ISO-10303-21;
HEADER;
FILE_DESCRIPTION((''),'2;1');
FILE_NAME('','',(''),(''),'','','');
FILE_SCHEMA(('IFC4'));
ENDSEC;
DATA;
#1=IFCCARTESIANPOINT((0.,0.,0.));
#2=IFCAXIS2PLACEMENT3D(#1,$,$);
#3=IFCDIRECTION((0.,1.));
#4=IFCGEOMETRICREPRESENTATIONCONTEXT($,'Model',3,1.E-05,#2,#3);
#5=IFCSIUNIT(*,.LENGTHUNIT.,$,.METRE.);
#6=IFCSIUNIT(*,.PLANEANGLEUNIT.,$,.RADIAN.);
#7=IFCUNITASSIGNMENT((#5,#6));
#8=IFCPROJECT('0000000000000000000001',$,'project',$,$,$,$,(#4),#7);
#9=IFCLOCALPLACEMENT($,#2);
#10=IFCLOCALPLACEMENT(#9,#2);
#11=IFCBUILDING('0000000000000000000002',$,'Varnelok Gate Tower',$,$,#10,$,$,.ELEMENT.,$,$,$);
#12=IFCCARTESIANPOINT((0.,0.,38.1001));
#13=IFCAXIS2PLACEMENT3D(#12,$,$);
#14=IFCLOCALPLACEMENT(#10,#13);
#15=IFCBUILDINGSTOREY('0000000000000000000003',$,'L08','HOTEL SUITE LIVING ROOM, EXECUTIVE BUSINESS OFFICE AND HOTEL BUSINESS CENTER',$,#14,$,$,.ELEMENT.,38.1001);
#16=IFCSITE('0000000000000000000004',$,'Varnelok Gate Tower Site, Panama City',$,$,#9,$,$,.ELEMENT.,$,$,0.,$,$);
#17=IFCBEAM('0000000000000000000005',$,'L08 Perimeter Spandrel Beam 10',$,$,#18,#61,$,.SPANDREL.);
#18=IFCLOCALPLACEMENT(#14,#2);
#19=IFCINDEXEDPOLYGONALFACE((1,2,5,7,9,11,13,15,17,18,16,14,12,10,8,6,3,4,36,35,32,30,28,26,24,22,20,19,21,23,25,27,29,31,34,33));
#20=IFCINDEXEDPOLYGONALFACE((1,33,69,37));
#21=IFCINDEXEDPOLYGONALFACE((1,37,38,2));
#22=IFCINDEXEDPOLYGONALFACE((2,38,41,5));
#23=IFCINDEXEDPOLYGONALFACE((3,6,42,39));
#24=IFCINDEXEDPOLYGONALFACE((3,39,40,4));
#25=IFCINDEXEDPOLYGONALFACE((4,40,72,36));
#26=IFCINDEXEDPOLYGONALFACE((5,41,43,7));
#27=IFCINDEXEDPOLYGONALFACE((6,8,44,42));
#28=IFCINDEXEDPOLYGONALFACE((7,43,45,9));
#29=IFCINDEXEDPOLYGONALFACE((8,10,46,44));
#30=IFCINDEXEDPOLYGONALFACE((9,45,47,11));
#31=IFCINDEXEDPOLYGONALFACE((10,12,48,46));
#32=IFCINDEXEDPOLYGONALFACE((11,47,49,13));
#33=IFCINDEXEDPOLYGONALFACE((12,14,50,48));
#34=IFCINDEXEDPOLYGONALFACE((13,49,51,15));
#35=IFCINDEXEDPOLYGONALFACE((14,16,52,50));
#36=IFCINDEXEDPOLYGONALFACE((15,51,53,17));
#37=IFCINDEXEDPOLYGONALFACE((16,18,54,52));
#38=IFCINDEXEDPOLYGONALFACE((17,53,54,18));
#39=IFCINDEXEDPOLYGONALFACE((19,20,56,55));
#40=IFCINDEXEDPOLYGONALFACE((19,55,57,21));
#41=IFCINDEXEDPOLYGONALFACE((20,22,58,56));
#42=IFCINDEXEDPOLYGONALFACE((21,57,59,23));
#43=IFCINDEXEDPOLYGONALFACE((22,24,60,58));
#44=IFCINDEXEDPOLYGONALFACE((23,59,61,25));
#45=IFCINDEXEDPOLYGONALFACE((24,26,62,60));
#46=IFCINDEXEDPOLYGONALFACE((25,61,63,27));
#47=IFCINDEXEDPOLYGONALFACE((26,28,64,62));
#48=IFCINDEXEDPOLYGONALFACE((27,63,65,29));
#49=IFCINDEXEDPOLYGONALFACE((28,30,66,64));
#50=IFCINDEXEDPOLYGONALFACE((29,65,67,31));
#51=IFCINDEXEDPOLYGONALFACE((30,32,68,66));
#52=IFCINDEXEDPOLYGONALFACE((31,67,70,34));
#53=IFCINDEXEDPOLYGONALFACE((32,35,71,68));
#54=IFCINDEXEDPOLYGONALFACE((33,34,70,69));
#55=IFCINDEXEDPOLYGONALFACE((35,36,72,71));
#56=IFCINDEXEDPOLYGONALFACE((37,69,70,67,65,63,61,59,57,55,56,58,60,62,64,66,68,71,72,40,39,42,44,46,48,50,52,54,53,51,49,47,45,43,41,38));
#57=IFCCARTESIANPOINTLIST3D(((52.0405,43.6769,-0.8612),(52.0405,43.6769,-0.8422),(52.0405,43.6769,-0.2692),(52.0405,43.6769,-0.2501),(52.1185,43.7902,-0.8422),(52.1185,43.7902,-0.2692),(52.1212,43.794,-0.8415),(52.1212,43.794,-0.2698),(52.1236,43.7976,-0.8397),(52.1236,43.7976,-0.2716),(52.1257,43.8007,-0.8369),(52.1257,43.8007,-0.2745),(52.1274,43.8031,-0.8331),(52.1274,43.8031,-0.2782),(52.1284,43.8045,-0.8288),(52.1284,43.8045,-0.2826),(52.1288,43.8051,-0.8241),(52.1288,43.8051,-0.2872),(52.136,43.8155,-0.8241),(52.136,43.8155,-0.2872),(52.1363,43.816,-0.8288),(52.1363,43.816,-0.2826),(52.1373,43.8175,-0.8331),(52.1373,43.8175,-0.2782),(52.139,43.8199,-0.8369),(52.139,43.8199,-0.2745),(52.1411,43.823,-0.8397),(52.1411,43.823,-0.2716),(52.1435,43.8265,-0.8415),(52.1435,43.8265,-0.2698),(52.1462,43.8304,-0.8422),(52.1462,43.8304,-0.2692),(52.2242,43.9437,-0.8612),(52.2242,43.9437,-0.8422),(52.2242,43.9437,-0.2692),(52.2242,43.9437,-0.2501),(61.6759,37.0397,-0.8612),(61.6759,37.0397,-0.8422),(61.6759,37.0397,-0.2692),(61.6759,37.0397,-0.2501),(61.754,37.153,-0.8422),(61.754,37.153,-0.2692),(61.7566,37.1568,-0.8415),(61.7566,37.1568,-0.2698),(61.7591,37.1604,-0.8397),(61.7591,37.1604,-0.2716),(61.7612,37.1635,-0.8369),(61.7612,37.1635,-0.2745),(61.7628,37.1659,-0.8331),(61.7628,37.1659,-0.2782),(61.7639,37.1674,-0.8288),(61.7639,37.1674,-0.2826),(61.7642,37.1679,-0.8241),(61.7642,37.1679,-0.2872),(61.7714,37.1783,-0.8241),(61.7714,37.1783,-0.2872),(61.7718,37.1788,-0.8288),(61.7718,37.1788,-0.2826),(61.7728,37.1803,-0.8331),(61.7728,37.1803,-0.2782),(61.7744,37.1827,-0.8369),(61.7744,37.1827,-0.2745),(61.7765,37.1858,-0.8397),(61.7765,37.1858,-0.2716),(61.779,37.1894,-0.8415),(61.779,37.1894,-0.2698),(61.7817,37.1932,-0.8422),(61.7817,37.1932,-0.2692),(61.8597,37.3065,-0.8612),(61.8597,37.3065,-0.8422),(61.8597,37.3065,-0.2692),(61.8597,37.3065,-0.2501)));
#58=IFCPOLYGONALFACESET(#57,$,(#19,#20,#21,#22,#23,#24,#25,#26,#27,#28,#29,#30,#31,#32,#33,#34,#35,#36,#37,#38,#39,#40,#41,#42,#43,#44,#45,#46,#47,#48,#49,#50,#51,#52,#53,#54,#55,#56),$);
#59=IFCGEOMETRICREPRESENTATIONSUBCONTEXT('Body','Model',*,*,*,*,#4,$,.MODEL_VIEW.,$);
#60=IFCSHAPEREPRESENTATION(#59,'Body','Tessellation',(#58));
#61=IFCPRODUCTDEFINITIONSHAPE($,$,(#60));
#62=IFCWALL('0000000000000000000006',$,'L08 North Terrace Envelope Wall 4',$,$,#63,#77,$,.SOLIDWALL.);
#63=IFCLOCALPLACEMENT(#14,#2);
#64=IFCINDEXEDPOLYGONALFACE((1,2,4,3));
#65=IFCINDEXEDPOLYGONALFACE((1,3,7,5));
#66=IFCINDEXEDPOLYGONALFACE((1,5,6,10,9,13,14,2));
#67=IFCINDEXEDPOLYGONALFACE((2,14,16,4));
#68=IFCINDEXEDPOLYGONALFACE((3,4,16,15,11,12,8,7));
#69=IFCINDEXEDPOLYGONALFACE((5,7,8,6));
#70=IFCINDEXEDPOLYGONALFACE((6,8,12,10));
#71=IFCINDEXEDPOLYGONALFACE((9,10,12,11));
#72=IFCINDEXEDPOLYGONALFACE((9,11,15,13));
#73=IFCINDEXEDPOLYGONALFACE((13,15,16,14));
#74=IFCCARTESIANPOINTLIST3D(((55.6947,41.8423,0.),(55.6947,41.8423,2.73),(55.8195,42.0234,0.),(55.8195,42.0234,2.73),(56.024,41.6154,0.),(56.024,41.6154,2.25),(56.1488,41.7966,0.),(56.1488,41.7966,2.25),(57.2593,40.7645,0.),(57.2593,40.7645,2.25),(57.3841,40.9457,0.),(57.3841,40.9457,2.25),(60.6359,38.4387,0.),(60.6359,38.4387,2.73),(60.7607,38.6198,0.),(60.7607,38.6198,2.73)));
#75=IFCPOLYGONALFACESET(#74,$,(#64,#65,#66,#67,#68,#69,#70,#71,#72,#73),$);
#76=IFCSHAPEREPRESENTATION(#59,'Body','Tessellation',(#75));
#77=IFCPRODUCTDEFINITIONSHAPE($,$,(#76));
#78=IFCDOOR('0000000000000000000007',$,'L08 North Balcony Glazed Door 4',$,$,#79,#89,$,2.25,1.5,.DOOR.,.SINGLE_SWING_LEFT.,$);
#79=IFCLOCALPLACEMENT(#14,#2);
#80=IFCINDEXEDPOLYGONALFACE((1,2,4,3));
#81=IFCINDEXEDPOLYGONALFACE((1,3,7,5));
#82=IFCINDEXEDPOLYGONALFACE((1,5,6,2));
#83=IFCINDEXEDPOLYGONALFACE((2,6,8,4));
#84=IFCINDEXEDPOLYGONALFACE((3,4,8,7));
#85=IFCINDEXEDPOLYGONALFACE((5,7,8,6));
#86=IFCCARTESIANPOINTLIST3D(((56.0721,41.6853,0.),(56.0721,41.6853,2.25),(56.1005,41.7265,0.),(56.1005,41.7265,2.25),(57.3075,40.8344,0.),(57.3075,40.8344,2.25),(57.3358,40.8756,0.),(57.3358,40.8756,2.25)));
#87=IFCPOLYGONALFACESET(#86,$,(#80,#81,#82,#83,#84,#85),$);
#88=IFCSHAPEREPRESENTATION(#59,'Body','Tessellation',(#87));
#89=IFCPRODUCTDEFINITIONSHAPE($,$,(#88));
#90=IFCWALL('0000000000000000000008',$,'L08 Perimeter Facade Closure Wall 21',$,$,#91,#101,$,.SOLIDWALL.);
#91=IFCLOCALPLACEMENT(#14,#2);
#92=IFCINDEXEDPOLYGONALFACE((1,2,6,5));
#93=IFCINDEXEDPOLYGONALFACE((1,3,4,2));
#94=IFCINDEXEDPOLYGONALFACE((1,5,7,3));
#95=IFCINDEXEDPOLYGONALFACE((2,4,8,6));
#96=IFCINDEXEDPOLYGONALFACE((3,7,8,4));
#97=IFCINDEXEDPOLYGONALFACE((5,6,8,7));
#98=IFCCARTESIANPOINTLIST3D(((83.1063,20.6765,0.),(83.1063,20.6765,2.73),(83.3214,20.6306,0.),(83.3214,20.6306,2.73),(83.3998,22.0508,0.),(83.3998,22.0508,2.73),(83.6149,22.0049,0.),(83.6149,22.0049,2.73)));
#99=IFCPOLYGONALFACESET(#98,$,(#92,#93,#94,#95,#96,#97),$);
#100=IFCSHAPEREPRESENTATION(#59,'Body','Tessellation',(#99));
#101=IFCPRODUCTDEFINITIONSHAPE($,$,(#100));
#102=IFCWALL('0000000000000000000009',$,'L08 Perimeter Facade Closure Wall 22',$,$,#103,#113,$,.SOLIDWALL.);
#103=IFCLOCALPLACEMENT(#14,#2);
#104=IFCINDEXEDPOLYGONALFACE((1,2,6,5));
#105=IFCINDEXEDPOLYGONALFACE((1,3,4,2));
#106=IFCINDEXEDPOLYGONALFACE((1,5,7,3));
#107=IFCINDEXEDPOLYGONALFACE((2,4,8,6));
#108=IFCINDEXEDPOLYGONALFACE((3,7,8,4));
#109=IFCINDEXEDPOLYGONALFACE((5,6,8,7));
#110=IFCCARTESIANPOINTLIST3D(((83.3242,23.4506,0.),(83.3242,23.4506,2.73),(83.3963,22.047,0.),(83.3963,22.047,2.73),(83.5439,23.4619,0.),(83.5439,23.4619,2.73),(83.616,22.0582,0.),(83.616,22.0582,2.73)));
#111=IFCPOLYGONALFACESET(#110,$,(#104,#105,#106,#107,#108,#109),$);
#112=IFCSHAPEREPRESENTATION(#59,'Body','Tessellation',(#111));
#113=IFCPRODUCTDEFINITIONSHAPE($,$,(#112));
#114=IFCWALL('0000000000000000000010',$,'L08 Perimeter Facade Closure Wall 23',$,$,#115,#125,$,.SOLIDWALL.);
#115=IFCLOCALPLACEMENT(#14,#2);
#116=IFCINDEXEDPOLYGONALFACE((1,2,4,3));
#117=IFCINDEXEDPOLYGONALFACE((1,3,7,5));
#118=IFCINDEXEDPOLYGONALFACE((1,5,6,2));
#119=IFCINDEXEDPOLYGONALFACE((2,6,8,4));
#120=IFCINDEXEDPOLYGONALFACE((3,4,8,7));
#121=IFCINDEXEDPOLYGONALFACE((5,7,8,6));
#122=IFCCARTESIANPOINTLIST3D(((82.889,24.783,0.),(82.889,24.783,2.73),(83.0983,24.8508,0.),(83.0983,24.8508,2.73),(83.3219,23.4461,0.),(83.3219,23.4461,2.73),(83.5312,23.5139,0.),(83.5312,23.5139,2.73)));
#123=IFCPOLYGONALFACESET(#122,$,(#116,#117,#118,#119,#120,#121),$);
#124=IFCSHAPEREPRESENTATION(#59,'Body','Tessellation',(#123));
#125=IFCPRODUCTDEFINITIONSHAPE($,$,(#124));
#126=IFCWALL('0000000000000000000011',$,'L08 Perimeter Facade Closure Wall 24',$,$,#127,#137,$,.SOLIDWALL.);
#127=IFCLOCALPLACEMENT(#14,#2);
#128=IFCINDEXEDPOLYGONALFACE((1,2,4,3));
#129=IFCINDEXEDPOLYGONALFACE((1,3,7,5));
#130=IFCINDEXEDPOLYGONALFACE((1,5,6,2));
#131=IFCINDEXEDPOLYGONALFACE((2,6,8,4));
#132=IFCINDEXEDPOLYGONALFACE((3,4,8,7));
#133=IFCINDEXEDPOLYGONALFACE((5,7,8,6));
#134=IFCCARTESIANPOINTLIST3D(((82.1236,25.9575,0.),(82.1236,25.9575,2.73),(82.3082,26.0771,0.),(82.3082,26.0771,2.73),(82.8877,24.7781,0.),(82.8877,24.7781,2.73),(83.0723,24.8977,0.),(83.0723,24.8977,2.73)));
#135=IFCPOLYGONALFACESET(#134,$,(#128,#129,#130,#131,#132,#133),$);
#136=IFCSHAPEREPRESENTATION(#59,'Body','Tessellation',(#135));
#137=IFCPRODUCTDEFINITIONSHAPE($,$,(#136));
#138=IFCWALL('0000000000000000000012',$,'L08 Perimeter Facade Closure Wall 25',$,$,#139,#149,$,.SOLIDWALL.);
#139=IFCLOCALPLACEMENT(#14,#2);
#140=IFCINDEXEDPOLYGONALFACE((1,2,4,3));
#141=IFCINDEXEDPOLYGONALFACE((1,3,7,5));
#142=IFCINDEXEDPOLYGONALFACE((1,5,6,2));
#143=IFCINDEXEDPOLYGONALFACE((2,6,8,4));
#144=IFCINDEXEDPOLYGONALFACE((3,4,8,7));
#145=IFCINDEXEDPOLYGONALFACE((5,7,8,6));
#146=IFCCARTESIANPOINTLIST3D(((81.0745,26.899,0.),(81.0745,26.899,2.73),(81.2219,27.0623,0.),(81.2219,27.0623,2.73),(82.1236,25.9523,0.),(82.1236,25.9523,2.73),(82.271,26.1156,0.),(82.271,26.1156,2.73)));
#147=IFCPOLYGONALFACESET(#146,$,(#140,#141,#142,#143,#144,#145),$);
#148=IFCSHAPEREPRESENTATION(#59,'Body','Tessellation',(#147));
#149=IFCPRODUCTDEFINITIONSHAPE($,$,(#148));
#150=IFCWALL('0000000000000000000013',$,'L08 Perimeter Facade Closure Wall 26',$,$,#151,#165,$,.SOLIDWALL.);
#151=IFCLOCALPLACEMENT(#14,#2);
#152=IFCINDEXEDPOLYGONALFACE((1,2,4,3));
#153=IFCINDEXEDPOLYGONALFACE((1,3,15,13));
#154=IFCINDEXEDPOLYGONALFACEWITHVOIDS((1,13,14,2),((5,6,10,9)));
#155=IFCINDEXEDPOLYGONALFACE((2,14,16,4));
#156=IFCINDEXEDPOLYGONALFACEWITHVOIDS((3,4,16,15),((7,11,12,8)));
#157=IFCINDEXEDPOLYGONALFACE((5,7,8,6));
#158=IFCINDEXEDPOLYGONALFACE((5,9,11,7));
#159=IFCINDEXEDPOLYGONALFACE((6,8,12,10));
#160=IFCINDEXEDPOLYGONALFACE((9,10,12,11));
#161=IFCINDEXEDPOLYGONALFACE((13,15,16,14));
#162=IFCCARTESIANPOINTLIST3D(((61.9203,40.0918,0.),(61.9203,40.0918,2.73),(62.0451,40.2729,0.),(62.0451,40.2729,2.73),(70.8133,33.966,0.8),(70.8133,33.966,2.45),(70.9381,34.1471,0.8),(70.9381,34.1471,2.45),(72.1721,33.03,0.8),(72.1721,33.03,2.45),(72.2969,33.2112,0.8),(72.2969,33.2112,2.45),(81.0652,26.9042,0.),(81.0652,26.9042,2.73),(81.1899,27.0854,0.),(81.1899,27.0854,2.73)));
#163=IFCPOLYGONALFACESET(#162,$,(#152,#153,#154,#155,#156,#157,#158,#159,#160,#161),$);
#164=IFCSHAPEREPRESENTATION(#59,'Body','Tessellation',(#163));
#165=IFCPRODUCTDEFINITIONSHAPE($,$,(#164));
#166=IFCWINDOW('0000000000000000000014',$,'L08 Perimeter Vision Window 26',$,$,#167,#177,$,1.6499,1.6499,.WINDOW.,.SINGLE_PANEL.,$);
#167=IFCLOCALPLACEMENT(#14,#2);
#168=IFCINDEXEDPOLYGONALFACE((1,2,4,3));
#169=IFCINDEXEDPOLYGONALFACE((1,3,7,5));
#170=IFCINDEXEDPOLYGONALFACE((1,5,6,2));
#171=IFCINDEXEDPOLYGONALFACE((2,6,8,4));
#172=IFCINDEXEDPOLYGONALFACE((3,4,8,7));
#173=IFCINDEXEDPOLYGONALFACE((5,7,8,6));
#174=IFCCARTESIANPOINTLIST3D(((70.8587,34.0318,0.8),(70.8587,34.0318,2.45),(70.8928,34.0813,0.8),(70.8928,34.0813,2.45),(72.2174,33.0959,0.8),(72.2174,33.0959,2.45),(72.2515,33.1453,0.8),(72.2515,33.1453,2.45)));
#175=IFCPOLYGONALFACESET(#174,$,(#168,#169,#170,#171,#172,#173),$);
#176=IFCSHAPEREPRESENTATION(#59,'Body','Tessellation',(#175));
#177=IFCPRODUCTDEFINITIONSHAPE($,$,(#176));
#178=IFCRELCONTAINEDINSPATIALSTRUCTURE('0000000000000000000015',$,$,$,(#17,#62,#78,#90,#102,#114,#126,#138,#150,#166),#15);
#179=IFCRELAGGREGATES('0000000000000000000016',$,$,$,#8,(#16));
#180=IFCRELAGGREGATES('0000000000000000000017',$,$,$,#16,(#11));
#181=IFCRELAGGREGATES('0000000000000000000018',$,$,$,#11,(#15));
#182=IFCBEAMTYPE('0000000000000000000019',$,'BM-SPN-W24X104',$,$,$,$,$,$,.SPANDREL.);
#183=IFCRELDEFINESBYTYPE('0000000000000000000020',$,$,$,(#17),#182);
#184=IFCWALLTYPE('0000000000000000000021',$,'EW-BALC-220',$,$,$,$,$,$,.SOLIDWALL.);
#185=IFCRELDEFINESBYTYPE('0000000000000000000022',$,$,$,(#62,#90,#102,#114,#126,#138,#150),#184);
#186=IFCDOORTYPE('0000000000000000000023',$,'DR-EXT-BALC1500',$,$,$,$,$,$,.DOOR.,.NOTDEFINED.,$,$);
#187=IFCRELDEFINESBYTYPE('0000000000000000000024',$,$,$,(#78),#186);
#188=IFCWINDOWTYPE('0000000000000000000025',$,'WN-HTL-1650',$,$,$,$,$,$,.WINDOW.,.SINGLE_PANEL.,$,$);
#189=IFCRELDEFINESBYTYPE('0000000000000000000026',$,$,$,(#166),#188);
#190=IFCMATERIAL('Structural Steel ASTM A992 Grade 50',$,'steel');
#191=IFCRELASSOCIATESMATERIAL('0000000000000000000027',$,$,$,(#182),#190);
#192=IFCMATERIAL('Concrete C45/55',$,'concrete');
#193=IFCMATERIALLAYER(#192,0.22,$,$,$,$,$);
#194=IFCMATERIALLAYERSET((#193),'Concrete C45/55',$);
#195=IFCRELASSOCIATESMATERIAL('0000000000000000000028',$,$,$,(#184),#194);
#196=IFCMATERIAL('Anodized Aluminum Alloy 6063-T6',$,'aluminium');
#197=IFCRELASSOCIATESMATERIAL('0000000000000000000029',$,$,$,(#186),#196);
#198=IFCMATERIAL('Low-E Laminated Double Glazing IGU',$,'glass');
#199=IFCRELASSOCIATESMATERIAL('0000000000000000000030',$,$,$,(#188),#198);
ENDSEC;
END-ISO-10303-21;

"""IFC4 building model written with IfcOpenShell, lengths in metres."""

from ifc_helpers import new_model, si_unit, direction, frame, frame_2d, origin, origin_2d, place, context, subcontext, project, spatial, rectangle, i_section, extrude, material, layer, layer_set, material_profile, profile_set, type_object, element, fill, save


model = new_model("IFC4")

# Units and contexts
model_context = context("Model", 3, precision=1e-05, world=origin(), true_north=direction((0.0, 1.0)))
body_context = subcontext(model_context, "Body", "Model", "MODEL_VIEW")
ifc_project = project(units=[si_unit("LENGTHUNIT", "METRE"), si_unit("PLANEANGLEUNIT", "RADIAN")], contexts=[model_context])

# Site, building, storey
site_placement = place(None, origin())
site = spatial("IfcSite", under=ifc_project, at=site_placement, Name="Varnelok Gate Tower Site, Panama City", CompositionType="ELEMENT", RefElevation=0.0)
building_placement = place(site_placement, origin())
building = spatial("IfcBuilding", under=site, at=building_placement, Name="Varnelok Gate Tower", CompositionType="ELEMENT")
storey_placement = place(building_placement, frame((0.0, 0.0, 38.1001)))
storey = spatial("IfcBuildingStorey", under=building, at=storey_placement, Name="L08", Description="HOTEL SUITE LIVING ROOM, EXECUTIVE BUSINESS OFFICE AND HOTEL BUSINESS CENTER", CompositionType="ELEMENT", Elevation=38.1001)

# Shared definitions
ifc_material_1 = material(Name="Structural Steel ASTM A992 Grade 50", Category="steel")

# Beam
ifc_material_profile_1 = material_profile(ifc_material_1, i_section(OverallWidth=0.324, OverallDepth=0.6111, WebThickness=0.0127, FlangeThickness=0.019, FilletRadius=0.0181, at=origin_2d()), Name="W24X104")
ifc_profile_set_1 = profile_set([ifc_material_profile_1], Name="Structural Steel ASTM A992 Grade 50")
beam_type_1 = type_object("IfcBeamType", Name="BM-SPN-W24X104", PredefinedType="SPANDREL", material=ifc_profile_set_1)
beam_1_placement = place(storey_placement, frame((61.7678, 37.1731, -0.5557), z_axis=(-0.823531, 0.567272, 0.0), x_axis=(-0.567272, -0.823531, 0.0)))
element("IfcBeam", 1, at=beam_1_placement, inside=storey, type_object=beam_type_1, Name="L08 Perimeter Spandrel Beam 10", PredefinedType="SPANDREL", context=body_context, shape_type="SweptSolid", body=[
    extrude(i_section(OverallWidth=0.324, OverallDepth=0.6111, WebThickness=0.0127, FlangeThickness=0.019, FilletRadius=0.0181, at=origin_2d()), origin(), (0.0, 0.0, 1.0), 11.7002),
])

# Wall, opening, door
ifc_material_2 = material(Name="Concrete C45/55", Category="concrete")
ifc_layer = layer(ifc_material_2, 0.22)
ifc_layer_set = layer_set([ifc_layer], Name="Concrete C45/55")
wall_type = type_object("IfcWallType", Name="EW-BALC-220", PredefinedType="SOLIDWALL", material=ifc_layer_set)
wall_1_placement = place(storey_placement, frame((55.7571, 41.9329, 0.0), z_axis=(0.0, 0.0, 1.0), x_axis=(0.823535, -0.567266, 0.0)))
wall_1 = element("IfcWall", 2, at=wall_1_placement, inside=storey, type_object=wall_type, Name="L08 North Terrace Envelope Wall 4", PredefinedType="SOLIDWALL", context=body_context, shape_type="SweptSolid", body=[
    extrude(rectangle(XDim=6.0, YDim=0.22, at=frame_2d((3.0, 0.0))), origin(), (0.0, 0.0, 1.0), 2.73),
])
opening_1_placement = place(wall_1_placement, frame((0.3999, 0.0, 0.0)))
opening_1 = element("IfcOpeningElement", 3, at=opening_1_placement, cuts=wall_1, PredefinedType="OPENING", context=body_context, shape_type="SweptSolid", body=[
    extrude(rectangle(XDim=1.5, YDim=2.25, at=frame_2d((0.75, 1.125))), frame((0.0, 0.1199, 0.0), z_axis=(0.0, -1.0, 0.0), x_axis=(1.0, 0.0, 0.0)), (0.0, 0.0, 1.0), 0.24),
])
ifc_material_3 = material(Name="Anodized Aluminum Alloy 6063-T6", Category="aluminium")
door_type = type_object("IfcDoorType", Name="DR-EXT-BALC1500", OperationType="NOTDEFINED", PredefinedType="DOOR", material=ifc_material_3)
door_placement = place(opening_1_placement, origin())
door = element("IfcDoor", 4, at=door_placement, inside=storey, type_object=door_type, Name="L08 North Balcony Glazed Door 4", OperationType="SINGLE_SWING_LEFT", OverallHeight=2.25, OverallWidth=1.5, PredefinedType="DOOR", context=body_context, shape_type="SweptSolid", body=[
    extrude(rectangle(XDim=1.5, YDim=2.25, at=frame_2d((0.75, 1.125))), frame((0.0, 0.0249, 0.0), z_axis=(0.0, -1.0, 0.0), x_axis=(1.0, 0.0, 0.0)), (0.0, 0.0, 1.0), 0.05),
])
fill(opening_1, door)

# Walls
wall_2_placement = place(storey_placement, frame((83.2139, 20.6536, 0.0), z_axis=(0.0, 0.0, 1.0), x_axis=(0.208829, 0.977952, 0.0)))
element("IfcWall", 5, at=wall_2_placement, inside=storey, type_object=wall_type, Name="L08 Perimeter Facade Closure Wall 21", PredefinedType="SOLIDWALL", context=body_context, shape_type="SweptSolid", body=[
    extrude(rectangle(XDim=1.4053, YDim=0.22, at=frame_2d((0.7026, 0.0))), origin(), (0.0, 0.0, 1.0), 2.73),
])
wall_3_placement = place(storey_placement, frame((83.5061, 22.0527, 0.0), z_axis=(0.0, 0.0, 1.0), x_axis=(-0.051246, 0.998686, 0.0)))
element("IfcWall", 6, at=wall_3_placement, inside=storey, type_object=wall_type, Name="L08 Perimeter Facade Closure Wall 22", PredefinedType="SOLIDWALL", context=body_context, shape_type="SweptSolid", body=[
    extrude(rectangle(XDim=1.4055, YDim=0.22, at=frame_2d((0.7026, 0.0))), origin(), (0.0, 0.0, 1.0), 2.73),
])
for number, where, z_axis, x_axis, name in (
    (7, (83.4265, 23.48, 0.0), (0.0, 0.0, 1.0), (-0.308033, 0.951376, 0.0), "L08 Perimeter Facade Closure Wall 23"),
    (8, (82.98, 24.8379, 0.0), (0.0, 0.0, 1.0), (-0.543748, 0.839248, 0.0), "L08 Perimeter Facade Closure Wall 24"),
):
    element("IfcWall", number, at=place(storey_placement, frame(where, z_axis=z_axis, x_axis=x_axis)), inside=storey, type_object=wall_type, Name=name, PredefinedType="SOLIDWALL", context=body_context, shape_type="SweptSolid", body=[
        extrude(rectangle(XDim=1.4053, YDim=0.22, at=frame_2d((0.7026, 0.0))), origin(), (0.0, 0.0, 1.0), 2.73),
    ])
wall_4_placement = place(storey_placement, frame((82.1973, 26.0339, 0.0), z_axis=(0.0, 0.0, 1.0), x_axis=(-0.742374, 0.669985, 0.0)))
element("IfcWall", 9, at=wall_4_placement, inside=storey, type_object=wall_type, Name="L08 Perimeter Facade Closure Wall 25", PredefinedType="SOLIDWALL", context=body_context, shape_type="SweptSolid", body=[
    extrude(rectangle(XDim=1.4131, YDim=0.22, at=frame_2d((0.7065, 0.0))), origin(), (0.0, 0.0, 1.0), 2.73),
])

# Wall, opening, window
wall_5_placement = place(storey_placement, frame((81.1274, 26.9949, 0.0), z_axis=(0.0, 0.0, 1.0), x_axis=(-0.82353, 0.567272, 0.0)))
wall_5 = element("IfcWall", 10, at=wall_5_placement, inside=storey, type_object=wall_type, Name="L08 Perimeter Facade Closure Wall 26", PredefinedType="SOLIDWALL", context=body_context, shape_type="SweptSolid", body=[
    extrude(rectangle(XDim=23.2473, YDim=0.22, at=frame_2d((11.6235, 0.0))), origin(), (0.0, 0.0, 1.0), 2.73),
])
opening_2_placement = place(wall_5_placement, frame((10.7986, 0.0, 0.8)))
opening_2 = element("IfcOpeningElement", 11, at=opening_2_placement, cuts=wall_5, PredefinedType="OPENING", context=body_context, shape_type="SweptSolid", body=[
    extrude(rectangle(XDim=1.6499, YDim=1.6499, at=frame_2d((0.825, 0.825))), frame((0.0, 0.1199, 0.0), z_axis=(0.0, -1.0, 0.0), x_axis=(1.0, 0.0, 0.0)), (0.0, 0.0, 1.0), 0.24),
])
ifc_material_4 = material(Name="Low-E Laminated Double Glazing IGU", Category="glass")
window_type = type_object("IfcWindowType", Name="WN-HTL-1650", PartitioningType="SINGLE_PANEL", PredefinedType="WINDOW", material=ifc_material_4)
window_1_placement = place(opening_2_placement, origin())
window_1 = element("IfcWindow", 12, at=window_1_placement, inside=storey, type_object=window_type, Name="L08 Perimeter Vision Window 26", OverallHeight=1.6499, OverallWidth=1.6499, PartitioningType="SINGLE_PANEL", PredefinedType="WINDOW", context=body_context, shape_type="SweptSolid", body=[
    extrude(rectangle(XDim=1.6499, YDim=1.6499, at=frame_2d((0.825, 0.825))), frame((0.0, 0.03, 0.0), z_axis=(0.0, -1.0, 0.0), x_axis=(1.0, 0.0, 0.0)), (0.0, 0.0, 1.0), 0.0601),
])
fill(opening_2, window_1)

save(model, "model.ifc")
